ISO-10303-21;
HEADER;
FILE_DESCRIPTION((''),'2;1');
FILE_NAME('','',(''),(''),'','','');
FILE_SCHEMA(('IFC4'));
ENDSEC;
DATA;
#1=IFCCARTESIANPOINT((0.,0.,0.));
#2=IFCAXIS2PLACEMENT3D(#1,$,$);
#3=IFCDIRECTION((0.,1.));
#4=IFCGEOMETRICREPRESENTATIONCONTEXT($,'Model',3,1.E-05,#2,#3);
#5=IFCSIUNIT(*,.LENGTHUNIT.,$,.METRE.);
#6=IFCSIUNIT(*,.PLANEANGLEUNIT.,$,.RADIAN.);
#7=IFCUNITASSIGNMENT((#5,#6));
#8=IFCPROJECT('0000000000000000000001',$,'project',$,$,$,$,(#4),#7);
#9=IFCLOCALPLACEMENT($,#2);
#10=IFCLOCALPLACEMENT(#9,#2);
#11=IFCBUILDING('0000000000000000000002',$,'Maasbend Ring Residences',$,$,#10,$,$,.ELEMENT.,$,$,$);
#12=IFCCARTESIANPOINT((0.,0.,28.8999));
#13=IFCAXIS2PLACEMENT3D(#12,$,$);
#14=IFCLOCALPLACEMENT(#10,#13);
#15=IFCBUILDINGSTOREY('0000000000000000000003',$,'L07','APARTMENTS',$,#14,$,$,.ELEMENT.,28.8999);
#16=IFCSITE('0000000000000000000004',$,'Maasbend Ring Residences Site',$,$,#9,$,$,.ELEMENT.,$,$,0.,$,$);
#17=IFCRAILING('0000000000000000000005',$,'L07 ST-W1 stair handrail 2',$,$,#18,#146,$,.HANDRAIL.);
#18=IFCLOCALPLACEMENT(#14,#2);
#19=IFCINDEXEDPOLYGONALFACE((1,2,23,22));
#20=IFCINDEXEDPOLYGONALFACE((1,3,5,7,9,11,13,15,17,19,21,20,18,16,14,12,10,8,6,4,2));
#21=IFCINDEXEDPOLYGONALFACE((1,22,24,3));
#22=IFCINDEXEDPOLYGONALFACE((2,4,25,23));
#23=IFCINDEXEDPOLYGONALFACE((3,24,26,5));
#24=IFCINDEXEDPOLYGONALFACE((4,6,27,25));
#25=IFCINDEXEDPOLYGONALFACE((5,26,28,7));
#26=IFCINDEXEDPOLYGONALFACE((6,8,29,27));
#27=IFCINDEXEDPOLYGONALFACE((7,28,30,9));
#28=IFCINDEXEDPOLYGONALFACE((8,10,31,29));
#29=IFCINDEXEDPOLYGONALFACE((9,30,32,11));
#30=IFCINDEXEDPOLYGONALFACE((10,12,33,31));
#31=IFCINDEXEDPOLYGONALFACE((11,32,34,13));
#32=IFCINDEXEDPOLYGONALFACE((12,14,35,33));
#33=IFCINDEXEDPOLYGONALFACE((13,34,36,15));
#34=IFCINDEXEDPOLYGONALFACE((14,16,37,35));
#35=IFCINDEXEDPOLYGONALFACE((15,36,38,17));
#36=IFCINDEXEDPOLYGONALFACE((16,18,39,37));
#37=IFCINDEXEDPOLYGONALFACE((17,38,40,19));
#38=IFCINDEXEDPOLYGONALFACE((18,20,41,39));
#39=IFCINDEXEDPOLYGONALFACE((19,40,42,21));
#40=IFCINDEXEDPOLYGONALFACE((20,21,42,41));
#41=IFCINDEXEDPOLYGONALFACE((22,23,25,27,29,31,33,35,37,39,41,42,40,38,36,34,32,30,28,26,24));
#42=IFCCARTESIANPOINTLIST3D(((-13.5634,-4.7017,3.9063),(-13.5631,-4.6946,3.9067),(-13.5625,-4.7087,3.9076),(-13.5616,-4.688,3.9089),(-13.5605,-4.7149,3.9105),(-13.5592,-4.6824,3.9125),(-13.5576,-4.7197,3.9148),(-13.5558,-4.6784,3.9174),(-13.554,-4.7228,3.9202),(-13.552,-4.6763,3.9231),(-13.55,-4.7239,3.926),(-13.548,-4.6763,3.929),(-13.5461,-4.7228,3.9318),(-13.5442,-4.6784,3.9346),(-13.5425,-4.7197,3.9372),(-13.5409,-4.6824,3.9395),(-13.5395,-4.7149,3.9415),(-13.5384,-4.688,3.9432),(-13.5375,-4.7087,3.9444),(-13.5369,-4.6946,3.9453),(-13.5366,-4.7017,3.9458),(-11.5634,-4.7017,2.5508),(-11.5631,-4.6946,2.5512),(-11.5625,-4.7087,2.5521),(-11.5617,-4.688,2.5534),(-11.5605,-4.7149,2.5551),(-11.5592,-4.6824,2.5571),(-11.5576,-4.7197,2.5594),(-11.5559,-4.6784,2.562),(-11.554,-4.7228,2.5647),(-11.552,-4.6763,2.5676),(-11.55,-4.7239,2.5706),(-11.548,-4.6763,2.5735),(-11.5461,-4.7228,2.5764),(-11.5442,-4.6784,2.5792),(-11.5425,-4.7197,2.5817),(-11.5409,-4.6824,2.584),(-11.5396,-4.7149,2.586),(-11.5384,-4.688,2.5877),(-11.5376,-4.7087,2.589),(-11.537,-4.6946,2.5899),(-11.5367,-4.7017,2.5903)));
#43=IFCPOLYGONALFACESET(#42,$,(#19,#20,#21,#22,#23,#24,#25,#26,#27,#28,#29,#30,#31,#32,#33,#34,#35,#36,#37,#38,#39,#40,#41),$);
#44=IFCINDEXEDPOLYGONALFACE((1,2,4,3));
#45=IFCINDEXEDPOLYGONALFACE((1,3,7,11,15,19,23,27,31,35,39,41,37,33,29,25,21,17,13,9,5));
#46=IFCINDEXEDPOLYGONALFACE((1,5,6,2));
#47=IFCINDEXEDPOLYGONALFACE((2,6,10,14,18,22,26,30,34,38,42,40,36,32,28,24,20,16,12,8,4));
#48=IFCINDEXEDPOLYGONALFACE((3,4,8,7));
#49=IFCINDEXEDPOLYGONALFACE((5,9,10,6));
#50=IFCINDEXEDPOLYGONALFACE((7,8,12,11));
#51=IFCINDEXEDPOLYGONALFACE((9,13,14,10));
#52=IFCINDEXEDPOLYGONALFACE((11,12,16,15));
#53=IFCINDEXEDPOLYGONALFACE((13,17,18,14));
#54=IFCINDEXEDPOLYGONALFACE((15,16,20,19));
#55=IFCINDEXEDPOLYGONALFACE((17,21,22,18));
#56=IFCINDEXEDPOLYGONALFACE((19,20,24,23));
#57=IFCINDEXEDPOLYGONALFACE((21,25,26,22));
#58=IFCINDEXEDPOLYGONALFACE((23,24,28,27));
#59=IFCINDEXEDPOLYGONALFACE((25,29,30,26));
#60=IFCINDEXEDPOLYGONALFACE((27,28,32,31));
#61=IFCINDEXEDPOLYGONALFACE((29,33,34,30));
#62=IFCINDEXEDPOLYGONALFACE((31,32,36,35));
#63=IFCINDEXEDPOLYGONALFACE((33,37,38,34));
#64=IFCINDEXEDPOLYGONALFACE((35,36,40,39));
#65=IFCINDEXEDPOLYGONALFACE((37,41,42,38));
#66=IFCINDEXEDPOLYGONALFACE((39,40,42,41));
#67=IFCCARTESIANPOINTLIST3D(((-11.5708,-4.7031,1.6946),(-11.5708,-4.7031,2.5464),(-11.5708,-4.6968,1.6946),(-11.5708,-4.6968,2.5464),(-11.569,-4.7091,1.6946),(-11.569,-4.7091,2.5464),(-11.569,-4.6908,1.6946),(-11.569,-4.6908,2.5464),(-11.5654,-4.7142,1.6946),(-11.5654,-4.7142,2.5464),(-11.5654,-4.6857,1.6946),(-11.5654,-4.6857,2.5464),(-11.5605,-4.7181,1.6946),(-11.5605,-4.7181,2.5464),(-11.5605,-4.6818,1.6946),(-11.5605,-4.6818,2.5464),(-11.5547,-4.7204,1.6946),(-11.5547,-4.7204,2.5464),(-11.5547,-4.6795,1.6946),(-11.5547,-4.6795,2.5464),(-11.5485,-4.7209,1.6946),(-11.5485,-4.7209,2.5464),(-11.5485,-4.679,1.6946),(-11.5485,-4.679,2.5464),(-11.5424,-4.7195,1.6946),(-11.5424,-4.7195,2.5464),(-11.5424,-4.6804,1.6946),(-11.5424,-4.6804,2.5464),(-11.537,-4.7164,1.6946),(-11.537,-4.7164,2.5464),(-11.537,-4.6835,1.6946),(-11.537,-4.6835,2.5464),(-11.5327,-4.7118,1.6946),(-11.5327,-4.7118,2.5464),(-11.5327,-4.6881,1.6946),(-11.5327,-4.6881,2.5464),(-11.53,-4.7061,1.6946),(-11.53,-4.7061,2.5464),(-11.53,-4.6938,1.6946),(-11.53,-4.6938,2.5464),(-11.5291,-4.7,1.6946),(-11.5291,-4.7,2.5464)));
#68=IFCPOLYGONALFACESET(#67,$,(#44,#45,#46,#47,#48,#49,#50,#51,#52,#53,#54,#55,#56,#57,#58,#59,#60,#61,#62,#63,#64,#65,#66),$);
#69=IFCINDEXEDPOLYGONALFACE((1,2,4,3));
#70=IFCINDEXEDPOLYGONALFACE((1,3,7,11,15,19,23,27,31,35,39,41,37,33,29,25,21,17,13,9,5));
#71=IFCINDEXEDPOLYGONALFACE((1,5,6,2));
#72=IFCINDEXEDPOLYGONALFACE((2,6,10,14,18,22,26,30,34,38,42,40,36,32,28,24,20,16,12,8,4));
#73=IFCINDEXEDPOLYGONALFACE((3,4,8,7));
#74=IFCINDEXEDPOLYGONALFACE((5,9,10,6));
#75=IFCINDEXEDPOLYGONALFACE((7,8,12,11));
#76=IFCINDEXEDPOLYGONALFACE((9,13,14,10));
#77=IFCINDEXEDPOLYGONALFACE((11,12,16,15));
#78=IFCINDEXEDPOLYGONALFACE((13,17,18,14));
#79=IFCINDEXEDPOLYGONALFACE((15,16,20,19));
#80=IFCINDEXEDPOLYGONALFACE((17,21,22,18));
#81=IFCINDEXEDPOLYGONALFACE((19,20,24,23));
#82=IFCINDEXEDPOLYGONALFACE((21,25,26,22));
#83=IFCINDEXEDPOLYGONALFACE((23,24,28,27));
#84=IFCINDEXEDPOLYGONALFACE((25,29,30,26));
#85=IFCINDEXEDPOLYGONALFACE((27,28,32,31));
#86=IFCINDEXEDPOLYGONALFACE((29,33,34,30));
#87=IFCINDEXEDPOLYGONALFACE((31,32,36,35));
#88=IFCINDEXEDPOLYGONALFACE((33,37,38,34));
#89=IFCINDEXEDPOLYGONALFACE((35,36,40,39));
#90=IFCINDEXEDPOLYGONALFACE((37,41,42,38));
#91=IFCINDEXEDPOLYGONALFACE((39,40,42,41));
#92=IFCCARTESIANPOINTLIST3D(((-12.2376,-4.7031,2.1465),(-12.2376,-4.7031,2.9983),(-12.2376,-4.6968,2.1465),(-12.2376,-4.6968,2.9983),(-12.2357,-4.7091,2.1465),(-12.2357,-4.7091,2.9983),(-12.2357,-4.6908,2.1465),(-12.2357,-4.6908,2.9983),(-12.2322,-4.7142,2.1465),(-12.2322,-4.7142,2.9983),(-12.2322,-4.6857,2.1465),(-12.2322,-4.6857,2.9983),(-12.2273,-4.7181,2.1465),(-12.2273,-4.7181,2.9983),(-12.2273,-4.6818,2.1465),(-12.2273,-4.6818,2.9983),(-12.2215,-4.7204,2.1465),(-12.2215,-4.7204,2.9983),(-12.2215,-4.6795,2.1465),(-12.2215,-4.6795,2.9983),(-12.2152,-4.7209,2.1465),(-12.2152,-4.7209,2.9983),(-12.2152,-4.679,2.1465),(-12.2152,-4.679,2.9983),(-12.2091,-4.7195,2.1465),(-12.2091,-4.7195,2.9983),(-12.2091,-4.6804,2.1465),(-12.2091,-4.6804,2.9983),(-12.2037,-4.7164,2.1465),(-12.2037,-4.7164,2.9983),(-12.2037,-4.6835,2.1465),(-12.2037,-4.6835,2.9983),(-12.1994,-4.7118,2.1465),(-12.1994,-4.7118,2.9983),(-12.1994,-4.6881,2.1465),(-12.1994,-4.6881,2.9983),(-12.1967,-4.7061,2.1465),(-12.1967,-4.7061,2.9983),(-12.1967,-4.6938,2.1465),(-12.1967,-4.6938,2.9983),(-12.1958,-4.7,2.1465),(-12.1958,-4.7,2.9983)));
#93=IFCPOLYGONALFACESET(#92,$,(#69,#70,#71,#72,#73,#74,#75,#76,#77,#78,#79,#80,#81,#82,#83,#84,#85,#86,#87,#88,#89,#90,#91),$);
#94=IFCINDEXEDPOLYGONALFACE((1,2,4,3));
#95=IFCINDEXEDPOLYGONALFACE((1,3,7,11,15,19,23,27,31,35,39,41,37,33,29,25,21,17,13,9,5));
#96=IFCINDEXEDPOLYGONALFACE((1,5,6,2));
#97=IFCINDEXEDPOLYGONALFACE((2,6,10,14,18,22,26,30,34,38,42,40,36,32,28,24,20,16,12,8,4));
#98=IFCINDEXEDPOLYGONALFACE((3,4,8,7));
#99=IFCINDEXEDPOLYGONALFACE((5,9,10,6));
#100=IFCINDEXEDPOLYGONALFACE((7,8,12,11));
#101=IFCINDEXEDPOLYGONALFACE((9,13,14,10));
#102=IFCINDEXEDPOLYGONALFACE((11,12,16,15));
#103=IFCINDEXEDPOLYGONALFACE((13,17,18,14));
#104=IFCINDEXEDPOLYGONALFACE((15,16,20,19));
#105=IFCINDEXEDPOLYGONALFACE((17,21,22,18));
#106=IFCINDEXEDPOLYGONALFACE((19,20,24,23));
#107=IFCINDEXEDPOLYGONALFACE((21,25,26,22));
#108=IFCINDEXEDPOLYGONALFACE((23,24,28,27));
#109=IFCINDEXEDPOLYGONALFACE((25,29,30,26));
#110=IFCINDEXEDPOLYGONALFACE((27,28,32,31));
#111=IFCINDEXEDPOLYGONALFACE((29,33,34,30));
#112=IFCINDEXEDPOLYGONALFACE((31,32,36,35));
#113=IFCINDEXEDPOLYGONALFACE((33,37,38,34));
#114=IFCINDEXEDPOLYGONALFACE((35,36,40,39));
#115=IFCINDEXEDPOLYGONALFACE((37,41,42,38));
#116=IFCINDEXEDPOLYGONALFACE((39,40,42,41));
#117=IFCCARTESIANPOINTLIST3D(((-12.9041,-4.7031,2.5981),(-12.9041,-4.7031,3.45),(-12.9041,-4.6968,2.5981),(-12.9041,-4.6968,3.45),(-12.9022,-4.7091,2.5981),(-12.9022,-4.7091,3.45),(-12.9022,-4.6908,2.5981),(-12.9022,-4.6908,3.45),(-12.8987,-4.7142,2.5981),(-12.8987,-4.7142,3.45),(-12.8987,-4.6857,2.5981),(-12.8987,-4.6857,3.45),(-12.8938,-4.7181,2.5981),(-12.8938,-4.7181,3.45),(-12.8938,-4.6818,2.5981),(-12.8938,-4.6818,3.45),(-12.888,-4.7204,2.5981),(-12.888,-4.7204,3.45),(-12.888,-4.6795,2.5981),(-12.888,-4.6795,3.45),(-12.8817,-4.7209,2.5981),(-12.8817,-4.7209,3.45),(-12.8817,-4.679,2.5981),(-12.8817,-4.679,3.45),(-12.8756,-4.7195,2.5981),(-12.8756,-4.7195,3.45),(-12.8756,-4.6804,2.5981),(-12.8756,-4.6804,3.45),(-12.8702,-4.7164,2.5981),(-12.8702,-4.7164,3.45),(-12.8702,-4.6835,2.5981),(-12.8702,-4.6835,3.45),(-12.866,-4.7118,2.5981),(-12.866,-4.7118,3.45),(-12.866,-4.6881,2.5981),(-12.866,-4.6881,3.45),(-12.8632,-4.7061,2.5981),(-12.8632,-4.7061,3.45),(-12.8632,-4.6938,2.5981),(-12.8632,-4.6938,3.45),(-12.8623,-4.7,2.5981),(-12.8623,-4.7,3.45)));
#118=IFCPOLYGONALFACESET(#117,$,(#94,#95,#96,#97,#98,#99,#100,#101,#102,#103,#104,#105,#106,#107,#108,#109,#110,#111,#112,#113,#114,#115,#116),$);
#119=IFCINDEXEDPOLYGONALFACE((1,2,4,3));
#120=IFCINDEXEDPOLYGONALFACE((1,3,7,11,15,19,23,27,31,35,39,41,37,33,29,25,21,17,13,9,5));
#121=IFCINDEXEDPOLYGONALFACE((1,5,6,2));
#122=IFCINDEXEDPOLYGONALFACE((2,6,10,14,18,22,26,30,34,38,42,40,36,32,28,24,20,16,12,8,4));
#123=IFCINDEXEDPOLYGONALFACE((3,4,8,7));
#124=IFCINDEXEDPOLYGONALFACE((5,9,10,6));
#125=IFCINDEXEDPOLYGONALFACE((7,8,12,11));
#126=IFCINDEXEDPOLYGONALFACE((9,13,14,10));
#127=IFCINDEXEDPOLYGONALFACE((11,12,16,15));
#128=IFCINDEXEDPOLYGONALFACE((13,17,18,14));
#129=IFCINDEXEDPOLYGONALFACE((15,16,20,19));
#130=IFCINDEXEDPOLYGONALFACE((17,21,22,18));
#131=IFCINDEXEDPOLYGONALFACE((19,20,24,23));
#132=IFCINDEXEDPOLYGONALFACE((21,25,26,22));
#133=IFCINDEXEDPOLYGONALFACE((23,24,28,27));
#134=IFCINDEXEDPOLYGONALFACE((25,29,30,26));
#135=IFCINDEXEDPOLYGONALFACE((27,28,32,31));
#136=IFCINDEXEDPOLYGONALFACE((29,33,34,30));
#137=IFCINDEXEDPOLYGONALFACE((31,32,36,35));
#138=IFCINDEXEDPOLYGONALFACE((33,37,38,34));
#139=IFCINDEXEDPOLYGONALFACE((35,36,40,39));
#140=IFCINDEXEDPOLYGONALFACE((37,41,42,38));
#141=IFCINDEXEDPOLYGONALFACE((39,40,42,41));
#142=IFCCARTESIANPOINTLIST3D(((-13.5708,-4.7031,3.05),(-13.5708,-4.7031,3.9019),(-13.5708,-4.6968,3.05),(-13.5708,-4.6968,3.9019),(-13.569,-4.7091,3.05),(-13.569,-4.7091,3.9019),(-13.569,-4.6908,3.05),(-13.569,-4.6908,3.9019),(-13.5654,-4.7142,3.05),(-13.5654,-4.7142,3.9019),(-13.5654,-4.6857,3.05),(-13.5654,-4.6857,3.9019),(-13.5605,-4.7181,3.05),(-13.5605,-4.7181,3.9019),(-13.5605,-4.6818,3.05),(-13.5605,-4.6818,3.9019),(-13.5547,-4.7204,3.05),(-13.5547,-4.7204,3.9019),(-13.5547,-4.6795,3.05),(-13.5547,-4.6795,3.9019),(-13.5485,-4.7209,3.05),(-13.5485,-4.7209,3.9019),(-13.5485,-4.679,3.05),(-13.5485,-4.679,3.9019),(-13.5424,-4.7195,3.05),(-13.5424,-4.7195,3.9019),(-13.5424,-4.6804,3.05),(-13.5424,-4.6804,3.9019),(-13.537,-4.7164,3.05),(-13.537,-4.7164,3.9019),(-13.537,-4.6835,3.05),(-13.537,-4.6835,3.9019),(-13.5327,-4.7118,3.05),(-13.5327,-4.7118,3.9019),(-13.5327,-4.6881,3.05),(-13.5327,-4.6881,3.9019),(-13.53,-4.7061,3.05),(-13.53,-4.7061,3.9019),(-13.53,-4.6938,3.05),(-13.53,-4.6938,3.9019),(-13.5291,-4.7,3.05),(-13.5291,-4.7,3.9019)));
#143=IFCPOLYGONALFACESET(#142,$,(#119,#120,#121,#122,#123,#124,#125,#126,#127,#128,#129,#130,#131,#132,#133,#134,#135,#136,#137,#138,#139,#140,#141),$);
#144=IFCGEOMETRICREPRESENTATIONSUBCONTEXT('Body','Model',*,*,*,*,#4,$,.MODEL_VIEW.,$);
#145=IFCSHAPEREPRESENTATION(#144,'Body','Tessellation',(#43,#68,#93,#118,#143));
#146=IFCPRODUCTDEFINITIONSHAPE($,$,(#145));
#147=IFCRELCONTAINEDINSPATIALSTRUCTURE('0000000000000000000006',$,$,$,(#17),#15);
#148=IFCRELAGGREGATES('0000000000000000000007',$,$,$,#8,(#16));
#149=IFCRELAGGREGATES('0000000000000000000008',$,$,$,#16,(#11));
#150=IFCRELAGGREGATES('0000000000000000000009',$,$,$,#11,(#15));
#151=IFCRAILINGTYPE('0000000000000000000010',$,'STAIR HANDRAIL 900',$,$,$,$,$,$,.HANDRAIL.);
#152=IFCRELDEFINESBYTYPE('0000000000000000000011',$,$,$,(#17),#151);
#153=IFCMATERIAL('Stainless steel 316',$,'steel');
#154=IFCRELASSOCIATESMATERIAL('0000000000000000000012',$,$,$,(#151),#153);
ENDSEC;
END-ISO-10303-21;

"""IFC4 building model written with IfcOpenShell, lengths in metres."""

from ifc_helpers import new_model, si_unit, direction, frame, origin, origin_2d, place, context, subcontext, project, spatial, circle, extrude, material, type_object, element, save


model = new_model("IFC4")

# Units and contexts
model_context = context("Model", 3, precision=1e-05, world=origin(), true_north=direction((0.0, 1.0)))
body_context = subcontext(model_context, "Body", "Model", "MODEL_VIEW")
ifc_project = project(units=[si_unit("LENGTHUNIT", "METRE"), si_unit("PLANEANGLEUNIT", "RADIAN")], contexts=[model_context])

# Site, building, storey
site_placement = place(None, origin())
site = spatial("IfcSite", under=ifc_project, at=site_placement, Name="Maasbend Ring Residences Site", CompositionType="ELEMENT", RefElevation=0.0)
building_placement = place(site_placement, origin())
building = spatial("IfcBuilding", under=site, at=building_placement, Name="Maasbend Ring Residences", CompositionType="ELEMENT")
storey_placement = place(building_placement, frame((0.0, 0.0, 28.8999)))
storey = spatial("IfcBuildingStorey", under=building, at=storey_placement, Name="L07", Description="APARTMENTS", CompositionType="ELEMENT", Elevation=28.8999)

# Railing
ifc_material_1 = material(Name="Stainless steel 316", Category="steel")
railing_type_1 = type_object("IfcRailingType", Name="STAIR HANDRAIL 900", PredefinedType="HANDRAIL", material=ifc_material_1)
railing_1_placement = place(storey_placement, frame((-11.55, -4.7, 1.6946)))
element("IfcRailing", 1, at=railing_1_placement, inside=storey, type_object=railing_type_1, Name="L07 ST-W1 stair handrail 2", PredefinedType="HANDRAIL", context=body_context, shape_type="SweptSolid", body=[
    extrude(circle(Radius=0.0239, at=origin_2d()), frame((0.0, 0.0, 0.876), z_axis=(-0.827798, 0.0, 0.561027), x_axis=(0.0, -1.0, 0.0)), (0.0, 0.0, 1.0), 2.416),
    extrude(circle(Radius=0.021, at=origin_2d()), origin(), (0.0, 0.0, 1.0), 0.8518),
    extrude(circle(Radius=0.021, at=origin_2d()), frame((-0.6667, 0.0, 0.4519)), (0.0, 0.0, 1.0), 0.8518),
    extrude(circle(Radius=0.021, at=origin_2d()), frame((-1.3333, 0.0, 0.9036)), (0.0, 0.0, 1.0), 0.8518),
    extrude(circle(Radius=0.021, at=origin_2d()), frame((-2.0, 0.0, 1.3555)), (0.0, 0.0, 1.0), 0.8518),
])

save(model, "model.ifc")
